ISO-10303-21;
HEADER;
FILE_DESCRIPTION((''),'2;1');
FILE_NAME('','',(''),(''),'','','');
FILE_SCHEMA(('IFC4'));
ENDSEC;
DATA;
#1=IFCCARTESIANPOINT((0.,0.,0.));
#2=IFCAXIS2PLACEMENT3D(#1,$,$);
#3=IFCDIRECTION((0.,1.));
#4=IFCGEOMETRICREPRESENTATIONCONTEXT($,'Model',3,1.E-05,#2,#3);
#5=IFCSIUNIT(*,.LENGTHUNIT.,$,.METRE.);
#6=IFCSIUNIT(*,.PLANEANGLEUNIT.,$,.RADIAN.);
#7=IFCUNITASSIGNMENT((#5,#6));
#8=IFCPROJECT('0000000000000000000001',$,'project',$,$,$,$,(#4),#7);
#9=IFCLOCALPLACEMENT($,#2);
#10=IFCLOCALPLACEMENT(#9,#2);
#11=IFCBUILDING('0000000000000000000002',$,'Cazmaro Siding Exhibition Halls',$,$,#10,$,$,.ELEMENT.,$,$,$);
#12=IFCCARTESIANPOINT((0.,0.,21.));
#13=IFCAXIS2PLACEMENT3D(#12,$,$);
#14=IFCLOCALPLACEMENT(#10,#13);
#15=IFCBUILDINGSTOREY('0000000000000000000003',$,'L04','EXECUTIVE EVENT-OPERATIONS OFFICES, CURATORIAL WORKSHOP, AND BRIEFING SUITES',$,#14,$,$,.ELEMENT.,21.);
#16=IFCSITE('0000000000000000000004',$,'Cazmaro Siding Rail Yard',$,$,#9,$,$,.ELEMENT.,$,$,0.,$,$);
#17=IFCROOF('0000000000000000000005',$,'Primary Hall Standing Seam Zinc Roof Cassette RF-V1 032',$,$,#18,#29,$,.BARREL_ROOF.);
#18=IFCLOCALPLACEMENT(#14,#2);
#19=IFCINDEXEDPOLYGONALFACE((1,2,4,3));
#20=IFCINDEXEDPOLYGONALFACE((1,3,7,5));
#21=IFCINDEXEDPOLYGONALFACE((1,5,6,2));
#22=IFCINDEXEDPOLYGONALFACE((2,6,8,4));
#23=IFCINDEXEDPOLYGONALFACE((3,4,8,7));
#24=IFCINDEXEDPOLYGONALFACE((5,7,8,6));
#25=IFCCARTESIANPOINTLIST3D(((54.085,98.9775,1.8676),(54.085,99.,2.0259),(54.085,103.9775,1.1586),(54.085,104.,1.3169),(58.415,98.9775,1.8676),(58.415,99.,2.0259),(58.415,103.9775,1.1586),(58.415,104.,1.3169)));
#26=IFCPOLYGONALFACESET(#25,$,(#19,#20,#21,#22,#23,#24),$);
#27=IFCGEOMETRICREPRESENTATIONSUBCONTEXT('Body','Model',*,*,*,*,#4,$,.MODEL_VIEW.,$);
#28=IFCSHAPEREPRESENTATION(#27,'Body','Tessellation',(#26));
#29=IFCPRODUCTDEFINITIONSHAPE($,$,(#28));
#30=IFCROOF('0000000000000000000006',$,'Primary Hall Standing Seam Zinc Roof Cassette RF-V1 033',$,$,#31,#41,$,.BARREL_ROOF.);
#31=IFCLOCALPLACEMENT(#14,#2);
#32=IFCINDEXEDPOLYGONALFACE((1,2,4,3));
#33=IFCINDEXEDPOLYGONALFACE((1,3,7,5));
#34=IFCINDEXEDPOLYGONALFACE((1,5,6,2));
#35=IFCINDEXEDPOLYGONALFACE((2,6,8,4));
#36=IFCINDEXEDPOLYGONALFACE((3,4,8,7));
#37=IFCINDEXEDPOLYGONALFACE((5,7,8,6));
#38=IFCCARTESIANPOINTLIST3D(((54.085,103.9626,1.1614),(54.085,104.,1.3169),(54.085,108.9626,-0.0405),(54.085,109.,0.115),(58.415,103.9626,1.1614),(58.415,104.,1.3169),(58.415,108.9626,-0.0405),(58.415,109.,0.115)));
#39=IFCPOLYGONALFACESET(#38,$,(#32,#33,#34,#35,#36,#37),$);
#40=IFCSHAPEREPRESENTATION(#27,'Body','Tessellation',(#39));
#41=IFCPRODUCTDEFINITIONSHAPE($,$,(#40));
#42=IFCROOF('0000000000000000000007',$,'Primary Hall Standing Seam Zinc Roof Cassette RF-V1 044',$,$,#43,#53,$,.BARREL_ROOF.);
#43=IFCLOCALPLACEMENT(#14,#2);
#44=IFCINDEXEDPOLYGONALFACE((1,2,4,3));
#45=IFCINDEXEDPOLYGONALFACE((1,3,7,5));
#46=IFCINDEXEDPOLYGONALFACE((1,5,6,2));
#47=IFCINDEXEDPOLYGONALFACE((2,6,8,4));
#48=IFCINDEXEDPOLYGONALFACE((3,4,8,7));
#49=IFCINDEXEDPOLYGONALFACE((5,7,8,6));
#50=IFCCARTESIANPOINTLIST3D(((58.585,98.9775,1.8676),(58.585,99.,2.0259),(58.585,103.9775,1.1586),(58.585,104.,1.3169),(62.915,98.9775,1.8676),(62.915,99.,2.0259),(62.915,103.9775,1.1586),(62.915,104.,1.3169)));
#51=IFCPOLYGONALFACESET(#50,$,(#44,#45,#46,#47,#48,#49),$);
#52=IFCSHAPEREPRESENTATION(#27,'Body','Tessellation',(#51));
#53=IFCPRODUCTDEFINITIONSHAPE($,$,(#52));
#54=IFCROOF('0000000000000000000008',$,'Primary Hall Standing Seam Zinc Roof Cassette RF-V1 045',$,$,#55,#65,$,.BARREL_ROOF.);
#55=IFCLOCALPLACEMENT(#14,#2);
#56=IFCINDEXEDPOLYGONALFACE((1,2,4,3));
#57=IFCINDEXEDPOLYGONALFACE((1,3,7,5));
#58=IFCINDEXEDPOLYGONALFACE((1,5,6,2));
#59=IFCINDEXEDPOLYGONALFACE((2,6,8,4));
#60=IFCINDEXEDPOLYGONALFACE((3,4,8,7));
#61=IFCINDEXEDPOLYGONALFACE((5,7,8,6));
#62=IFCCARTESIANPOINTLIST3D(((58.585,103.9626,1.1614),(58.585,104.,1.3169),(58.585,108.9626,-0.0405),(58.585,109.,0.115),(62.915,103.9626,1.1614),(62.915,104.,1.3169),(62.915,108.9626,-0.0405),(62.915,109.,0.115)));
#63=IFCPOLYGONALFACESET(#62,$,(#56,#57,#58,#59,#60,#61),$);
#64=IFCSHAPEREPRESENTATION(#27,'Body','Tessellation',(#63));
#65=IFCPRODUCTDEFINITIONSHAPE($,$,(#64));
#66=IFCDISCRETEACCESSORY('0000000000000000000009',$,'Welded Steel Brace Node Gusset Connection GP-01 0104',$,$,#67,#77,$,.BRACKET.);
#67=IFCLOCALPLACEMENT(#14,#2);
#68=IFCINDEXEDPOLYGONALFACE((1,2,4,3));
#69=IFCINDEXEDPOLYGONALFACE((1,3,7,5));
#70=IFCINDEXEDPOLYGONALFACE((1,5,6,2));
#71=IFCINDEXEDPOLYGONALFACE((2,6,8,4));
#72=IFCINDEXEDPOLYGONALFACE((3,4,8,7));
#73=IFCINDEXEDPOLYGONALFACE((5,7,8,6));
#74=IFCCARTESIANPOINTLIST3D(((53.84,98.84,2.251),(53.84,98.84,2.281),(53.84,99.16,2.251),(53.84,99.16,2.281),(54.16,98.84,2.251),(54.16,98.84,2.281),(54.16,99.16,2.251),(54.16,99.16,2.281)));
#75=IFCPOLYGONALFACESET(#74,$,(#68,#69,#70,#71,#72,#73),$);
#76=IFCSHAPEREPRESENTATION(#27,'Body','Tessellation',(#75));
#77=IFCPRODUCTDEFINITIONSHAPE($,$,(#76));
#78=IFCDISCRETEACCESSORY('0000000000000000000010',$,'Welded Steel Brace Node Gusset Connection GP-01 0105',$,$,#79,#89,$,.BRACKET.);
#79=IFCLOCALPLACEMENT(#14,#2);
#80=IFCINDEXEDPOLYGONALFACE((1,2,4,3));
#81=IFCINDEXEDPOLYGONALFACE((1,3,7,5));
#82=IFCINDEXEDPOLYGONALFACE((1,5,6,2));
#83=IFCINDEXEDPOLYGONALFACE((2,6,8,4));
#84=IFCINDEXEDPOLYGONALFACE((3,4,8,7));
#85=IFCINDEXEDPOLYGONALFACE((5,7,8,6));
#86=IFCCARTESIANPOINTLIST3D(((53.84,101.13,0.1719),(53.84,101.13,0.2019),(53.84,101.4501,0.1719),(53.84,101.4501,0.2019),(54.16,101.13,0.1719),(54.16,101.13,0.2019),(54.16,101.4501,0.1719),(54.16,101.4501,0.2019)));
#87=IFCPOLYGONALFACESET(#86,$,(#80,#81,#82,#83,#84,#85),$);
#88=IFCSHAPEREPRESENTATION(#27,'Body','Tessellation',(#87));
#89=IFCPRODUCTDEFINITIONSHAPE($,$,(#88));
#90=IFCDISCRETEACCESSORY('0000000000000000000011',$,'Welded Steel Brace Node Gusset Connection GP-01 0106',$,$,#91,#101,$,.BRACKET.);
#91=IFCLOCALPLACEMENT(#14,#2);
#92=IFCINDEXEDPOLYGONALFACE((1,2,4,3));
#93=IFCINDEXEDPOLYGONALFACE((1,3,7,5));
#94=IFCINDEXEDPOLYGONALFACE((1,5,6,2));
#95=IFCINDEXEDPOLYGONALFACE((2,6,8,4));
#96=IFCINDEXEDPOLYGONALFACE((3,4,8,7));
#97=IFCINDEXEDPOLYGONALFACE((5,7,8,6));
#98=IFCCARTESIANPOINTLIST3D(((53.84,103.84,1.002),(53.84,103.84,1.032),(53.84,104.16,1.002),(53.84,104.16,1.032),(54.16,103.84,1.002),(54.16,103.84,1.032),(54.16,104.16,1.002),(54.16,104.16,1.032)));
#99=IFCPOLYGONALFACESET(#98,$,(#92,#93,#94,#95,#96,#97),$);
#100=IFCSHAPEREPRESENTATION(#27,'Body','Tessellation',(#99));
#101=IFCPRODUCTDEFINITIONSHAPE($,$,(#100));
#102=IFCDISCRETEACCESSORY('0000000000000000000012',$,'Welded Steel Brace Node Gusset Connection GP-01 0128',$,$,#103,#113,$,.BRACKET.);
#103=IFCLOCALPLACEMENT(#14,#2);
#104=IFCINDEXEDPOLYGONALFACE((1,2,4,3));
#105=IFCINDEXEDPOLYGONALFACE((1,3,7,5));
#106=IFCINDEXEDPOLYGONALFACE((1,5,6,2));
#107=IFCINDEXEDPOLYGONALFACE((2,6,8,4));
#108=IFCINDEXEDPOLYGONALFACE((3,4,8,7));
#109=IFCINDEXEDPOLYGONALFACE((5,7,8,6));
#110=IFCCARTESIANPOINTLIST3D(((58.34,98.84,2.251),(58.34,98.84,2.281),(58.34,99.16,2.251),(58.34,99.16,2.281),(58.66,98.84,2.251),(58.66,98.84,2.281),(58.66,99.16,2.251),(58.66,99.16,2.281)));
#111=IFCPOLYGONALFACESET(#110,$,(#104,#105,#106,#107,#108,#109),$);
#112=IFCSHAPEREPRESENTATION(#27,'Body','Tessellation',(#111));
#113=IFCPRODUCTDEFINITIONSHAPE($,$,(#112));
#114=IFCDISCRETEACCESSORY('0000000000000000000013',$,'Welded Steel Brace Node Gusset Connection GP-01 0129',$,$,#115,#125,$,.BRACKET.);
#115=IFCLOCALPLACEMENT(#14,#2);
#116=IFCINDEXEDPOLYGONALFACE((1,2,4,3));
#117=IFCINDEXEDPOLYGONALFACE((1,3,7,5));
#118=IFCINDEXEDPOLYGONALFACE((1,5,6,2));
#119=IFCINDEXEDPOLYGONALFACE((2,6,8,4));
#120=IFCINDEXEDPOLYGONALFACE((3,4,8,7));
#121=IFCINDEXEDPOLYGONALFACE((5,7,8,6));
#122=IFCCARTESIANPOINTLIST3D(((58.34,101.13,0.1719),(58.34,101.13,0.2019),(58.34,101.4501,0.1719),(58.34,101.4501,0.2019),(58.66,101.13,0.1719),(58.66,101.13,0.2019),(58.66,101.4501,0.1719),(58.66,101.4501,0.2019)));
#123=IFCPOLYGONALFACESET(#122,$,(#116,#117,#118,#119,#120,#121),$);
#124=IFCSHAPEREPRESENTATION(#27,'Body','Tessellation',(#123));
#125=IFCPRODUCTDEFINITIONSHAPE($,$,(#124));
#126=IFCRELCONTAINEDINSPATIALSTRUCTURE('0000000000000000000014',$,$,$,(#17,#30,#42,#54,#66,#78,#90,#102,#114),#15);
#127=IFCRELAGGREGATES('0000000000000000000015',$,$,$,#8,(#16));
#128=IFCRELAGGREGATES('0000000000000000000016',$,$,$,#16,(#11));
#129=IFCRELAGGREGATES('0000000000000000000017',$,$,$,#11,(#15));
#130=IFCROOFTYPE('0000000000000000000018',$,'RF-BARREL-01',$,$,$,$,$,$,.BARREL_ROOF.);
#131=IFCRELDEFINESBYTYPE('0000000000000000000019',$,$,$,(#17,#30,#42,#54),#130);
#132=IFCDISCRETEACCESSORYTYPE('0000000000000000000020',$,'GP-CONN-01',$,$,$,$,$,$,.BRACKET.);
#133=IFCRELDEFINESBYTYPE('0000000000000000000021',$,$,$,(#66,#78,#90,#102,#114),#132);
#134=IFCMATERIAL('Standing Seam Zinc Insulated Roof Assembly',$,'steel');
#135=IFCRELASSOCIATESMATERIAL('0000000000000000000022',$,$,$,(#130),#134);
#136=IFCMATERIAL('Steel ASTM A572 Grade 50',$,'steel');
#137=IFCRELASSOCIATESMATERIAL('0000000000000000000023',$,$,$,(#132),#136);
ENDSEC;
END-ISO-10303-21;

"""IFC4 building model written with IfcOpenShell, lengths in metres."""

from ifc_helpers import new_model, si_unit, direction, frame, origin, origin_2d, place, context, subcontext, project, spatial, polyline, rectangle, outline, extrude, material, type_object, element, save


model = new_model("IFC4")

# Units and contexts
model_context = context("Model", 3, precision=1e-05, world=origin(), true_north=direction((0.0, 1.0)))
body_context = subcontext(model_context, "Body", "Model", "MODEL_VIEW")
ifc_project = project(units=[si_unit("LENGTHUNIT", "METRE"), si_unit("PLANEANGLEUNIT", "RADIAN")], contexts=[model_context])

# Site, building, storey
site_placement = place(None, origin())
site = spatial("IfcSite", under=ifc_project, at=site_placement, Name="Cazmaro Siding Rail Yard", CompositionType="ELEMENT", RefElevation=0.0)
building_placement = place(site_placement, origin())
building = spatial("IfcBuilding", under=site, at=building_placement, Name="Cazmaro Siding Exhibition Halls", CompositionType="ELEMENT")
storey_placement = place(building_placement, frame((0.0, 0.0, 21.0)))
storey = spatial("IfcBuildingStorey", under=building, at=storey_placement, Name="L04", Description="EXECUTIVE EVENT-OPERATIONS OFFICES, CURATORIAL WORKSHOP, AND BRIEFING SUITES", CompositionType="ELEMENT", Elevation=21.0)

# Roofs
ifc_material_1 = material(Name="Standing Seam Zinc Insulated Roof Assembly", Category="steel")
roof_type = type_object("IfcRoofType", Name="RF-BARREL-01", PredefinedType="BARREL_ROOF", material=ifc_material_1)
roof_1_placement = place(storey_placement, frame((54.085, 99.0, 2.0259), z_axis=(0.0, 0.140393, 0.990096), x_axis=(1.0, 0.0, 0.0)))
element("IfcRoof", 1, at=roof_1_placement, inside=storey, type_object=roof_type, Name="Primary Hall Standing Seam Zinc Roof Cassette RF-V1 032", PredefinedType="BARREL_ROOF", context=body_context, shape_type="SweptSolid", body=[
    extrude(outline(polyline([(0.0, 0.0), (4.3301, 0.0), (4.3301, 5.05), (0.0, 5.05), (0.0, 0.0)])), origin(), (0.0, 0.0, -1.0), 0.1599),
])
roof_2_placement = place(storey_placement, frame((54.085, 104.0, 1.3169), z_axis=(0.0, 0.233723, 0.972303), x_axis=(1.0, 0.0, 0.0)))
element("IfcRoof", 2, at=roof_2_placement, inside=storey, type_object=roof_type, Name="Primary Hall Standing Seam Zinc Roof Cassette RF-V1 033", PredefinedType="BARREL_ROOF", context=body_context, shape_type="SweptSolid", body=[
    extrude(outline(polyline([(0.0, 0.0), (4.3301, 0.0), (4.3301, 5.1424), (0.0, 5.1424), (0.0, 0.0)])), origin(), (0.0, 0.0, -1.0), 0.1599),
])
roof_3_placement = place(storey_placement, frame((58.585, 99.0, 2.0259), z_axis=(0.0, 0.140393, 0.990096), x_axis=(1.0, 0.0, 0.0)))
element("IfcRoof", 3, at=roof_3_placement, inside=storey, type_object=roof_type, Name="Primary Hall Standing Seam Zinc Roof Cassette RF-V1 044", PredefinedType="BARREL_ROOF", context=body_context, shape_type="SweptSolid", body=[
    extrude(outline(polyline([(0.0, 0.0), (4.3301, 0.0), (4.3301, 5.05), (0.0, 5.05), (0.0, 0.0)])), origin(), (0.0, 0.0, -1.0), 0.1599),
])
roof_4_placement = place(storey_placement, frame((58.585, 104.0, 1.3169), z_axis=(0.0, 0.233723, 0.972303), x_axis=(1.0, 0.0, 0.0)))
element("IfcRoof", 4, at=roof_4_placement, inside=storey, type_object=roof_type, Name="Primary Hall Standing Seam Zinc Roof Cassette RF-V1 045", PredefinedType="BARREL_ROOF", context=body_context, shape_type="SweptSolid", body=[
    extrude(outline(polyline([(0.0, 0.0), (4.3301, 0.0), (4.3301, 5.1424), (0.0, 5.1424), (0.0, 0.0)])), origin(), (0.0, 0.0, -1.0), 0.1599),
])

# Discrete accessories
ifc_material_2 = material(Name="Steel ASTM A572 Grade 50", Category="steel")
discrete_accessory_type = type_object("IfcDiscreteAccessoryType", Name="GP-CONN-01", PredefinedType="BRACKET", material=ifc_material_2)
for number, where, z_axis, x_axis, name in (
    (5, (54.0, 99.0, 2.251), (0.0, 0.0, 1.0), (1.0, 0.0, 0.0), "Welded Steel Brace Node Gusset Connection GP-01 0104"),
    (6, (54.0, 101.29, 0.1719), (0.0, 0.0, 1.0), (1.0, 0.0, 0.0), "Welded Steel Brace Node Gusset Connection GP-01 0105"),
    (7, (54.0, 104.0, 1.002), (0.0, 0.0, 1.0), (1.0, 0.0, 0.0), "Welded Steel Brace Node Gusset Connection GP-01 0106"),
    (8, (58.5, 99.0, 2.251), (0.0, 0.0, 1.0), (1.0, 0.0, 0.0), "Welded Steel Brace Node Gusset Connection GP-01 0128"),
    (9, (58.5, 101.29, 0.1719), (0.0, 0.0, 1.0), (1.0, 0.0, 0.0), "Welded Steel Brace Node Gusset Connection GP-01 0129"),
):
    element("IfcDiscreteAccessory", number, at=place(storey_placement, frame(where, z_axis=z_axis, x_axis=x_axis)), inside=storey, type_object=discrete_accessory_type, Name=name, PredefinedType="BRACKET", context=body_context, shape_type="SweptSolid", body=[
        extrude(rectangle(XDim=0.3201, YDim=0.3201, at=origin_2d()), origin(), (0.0, 0.0, 1.0), 0.03),
    ])

save(model, "model.ifc")
